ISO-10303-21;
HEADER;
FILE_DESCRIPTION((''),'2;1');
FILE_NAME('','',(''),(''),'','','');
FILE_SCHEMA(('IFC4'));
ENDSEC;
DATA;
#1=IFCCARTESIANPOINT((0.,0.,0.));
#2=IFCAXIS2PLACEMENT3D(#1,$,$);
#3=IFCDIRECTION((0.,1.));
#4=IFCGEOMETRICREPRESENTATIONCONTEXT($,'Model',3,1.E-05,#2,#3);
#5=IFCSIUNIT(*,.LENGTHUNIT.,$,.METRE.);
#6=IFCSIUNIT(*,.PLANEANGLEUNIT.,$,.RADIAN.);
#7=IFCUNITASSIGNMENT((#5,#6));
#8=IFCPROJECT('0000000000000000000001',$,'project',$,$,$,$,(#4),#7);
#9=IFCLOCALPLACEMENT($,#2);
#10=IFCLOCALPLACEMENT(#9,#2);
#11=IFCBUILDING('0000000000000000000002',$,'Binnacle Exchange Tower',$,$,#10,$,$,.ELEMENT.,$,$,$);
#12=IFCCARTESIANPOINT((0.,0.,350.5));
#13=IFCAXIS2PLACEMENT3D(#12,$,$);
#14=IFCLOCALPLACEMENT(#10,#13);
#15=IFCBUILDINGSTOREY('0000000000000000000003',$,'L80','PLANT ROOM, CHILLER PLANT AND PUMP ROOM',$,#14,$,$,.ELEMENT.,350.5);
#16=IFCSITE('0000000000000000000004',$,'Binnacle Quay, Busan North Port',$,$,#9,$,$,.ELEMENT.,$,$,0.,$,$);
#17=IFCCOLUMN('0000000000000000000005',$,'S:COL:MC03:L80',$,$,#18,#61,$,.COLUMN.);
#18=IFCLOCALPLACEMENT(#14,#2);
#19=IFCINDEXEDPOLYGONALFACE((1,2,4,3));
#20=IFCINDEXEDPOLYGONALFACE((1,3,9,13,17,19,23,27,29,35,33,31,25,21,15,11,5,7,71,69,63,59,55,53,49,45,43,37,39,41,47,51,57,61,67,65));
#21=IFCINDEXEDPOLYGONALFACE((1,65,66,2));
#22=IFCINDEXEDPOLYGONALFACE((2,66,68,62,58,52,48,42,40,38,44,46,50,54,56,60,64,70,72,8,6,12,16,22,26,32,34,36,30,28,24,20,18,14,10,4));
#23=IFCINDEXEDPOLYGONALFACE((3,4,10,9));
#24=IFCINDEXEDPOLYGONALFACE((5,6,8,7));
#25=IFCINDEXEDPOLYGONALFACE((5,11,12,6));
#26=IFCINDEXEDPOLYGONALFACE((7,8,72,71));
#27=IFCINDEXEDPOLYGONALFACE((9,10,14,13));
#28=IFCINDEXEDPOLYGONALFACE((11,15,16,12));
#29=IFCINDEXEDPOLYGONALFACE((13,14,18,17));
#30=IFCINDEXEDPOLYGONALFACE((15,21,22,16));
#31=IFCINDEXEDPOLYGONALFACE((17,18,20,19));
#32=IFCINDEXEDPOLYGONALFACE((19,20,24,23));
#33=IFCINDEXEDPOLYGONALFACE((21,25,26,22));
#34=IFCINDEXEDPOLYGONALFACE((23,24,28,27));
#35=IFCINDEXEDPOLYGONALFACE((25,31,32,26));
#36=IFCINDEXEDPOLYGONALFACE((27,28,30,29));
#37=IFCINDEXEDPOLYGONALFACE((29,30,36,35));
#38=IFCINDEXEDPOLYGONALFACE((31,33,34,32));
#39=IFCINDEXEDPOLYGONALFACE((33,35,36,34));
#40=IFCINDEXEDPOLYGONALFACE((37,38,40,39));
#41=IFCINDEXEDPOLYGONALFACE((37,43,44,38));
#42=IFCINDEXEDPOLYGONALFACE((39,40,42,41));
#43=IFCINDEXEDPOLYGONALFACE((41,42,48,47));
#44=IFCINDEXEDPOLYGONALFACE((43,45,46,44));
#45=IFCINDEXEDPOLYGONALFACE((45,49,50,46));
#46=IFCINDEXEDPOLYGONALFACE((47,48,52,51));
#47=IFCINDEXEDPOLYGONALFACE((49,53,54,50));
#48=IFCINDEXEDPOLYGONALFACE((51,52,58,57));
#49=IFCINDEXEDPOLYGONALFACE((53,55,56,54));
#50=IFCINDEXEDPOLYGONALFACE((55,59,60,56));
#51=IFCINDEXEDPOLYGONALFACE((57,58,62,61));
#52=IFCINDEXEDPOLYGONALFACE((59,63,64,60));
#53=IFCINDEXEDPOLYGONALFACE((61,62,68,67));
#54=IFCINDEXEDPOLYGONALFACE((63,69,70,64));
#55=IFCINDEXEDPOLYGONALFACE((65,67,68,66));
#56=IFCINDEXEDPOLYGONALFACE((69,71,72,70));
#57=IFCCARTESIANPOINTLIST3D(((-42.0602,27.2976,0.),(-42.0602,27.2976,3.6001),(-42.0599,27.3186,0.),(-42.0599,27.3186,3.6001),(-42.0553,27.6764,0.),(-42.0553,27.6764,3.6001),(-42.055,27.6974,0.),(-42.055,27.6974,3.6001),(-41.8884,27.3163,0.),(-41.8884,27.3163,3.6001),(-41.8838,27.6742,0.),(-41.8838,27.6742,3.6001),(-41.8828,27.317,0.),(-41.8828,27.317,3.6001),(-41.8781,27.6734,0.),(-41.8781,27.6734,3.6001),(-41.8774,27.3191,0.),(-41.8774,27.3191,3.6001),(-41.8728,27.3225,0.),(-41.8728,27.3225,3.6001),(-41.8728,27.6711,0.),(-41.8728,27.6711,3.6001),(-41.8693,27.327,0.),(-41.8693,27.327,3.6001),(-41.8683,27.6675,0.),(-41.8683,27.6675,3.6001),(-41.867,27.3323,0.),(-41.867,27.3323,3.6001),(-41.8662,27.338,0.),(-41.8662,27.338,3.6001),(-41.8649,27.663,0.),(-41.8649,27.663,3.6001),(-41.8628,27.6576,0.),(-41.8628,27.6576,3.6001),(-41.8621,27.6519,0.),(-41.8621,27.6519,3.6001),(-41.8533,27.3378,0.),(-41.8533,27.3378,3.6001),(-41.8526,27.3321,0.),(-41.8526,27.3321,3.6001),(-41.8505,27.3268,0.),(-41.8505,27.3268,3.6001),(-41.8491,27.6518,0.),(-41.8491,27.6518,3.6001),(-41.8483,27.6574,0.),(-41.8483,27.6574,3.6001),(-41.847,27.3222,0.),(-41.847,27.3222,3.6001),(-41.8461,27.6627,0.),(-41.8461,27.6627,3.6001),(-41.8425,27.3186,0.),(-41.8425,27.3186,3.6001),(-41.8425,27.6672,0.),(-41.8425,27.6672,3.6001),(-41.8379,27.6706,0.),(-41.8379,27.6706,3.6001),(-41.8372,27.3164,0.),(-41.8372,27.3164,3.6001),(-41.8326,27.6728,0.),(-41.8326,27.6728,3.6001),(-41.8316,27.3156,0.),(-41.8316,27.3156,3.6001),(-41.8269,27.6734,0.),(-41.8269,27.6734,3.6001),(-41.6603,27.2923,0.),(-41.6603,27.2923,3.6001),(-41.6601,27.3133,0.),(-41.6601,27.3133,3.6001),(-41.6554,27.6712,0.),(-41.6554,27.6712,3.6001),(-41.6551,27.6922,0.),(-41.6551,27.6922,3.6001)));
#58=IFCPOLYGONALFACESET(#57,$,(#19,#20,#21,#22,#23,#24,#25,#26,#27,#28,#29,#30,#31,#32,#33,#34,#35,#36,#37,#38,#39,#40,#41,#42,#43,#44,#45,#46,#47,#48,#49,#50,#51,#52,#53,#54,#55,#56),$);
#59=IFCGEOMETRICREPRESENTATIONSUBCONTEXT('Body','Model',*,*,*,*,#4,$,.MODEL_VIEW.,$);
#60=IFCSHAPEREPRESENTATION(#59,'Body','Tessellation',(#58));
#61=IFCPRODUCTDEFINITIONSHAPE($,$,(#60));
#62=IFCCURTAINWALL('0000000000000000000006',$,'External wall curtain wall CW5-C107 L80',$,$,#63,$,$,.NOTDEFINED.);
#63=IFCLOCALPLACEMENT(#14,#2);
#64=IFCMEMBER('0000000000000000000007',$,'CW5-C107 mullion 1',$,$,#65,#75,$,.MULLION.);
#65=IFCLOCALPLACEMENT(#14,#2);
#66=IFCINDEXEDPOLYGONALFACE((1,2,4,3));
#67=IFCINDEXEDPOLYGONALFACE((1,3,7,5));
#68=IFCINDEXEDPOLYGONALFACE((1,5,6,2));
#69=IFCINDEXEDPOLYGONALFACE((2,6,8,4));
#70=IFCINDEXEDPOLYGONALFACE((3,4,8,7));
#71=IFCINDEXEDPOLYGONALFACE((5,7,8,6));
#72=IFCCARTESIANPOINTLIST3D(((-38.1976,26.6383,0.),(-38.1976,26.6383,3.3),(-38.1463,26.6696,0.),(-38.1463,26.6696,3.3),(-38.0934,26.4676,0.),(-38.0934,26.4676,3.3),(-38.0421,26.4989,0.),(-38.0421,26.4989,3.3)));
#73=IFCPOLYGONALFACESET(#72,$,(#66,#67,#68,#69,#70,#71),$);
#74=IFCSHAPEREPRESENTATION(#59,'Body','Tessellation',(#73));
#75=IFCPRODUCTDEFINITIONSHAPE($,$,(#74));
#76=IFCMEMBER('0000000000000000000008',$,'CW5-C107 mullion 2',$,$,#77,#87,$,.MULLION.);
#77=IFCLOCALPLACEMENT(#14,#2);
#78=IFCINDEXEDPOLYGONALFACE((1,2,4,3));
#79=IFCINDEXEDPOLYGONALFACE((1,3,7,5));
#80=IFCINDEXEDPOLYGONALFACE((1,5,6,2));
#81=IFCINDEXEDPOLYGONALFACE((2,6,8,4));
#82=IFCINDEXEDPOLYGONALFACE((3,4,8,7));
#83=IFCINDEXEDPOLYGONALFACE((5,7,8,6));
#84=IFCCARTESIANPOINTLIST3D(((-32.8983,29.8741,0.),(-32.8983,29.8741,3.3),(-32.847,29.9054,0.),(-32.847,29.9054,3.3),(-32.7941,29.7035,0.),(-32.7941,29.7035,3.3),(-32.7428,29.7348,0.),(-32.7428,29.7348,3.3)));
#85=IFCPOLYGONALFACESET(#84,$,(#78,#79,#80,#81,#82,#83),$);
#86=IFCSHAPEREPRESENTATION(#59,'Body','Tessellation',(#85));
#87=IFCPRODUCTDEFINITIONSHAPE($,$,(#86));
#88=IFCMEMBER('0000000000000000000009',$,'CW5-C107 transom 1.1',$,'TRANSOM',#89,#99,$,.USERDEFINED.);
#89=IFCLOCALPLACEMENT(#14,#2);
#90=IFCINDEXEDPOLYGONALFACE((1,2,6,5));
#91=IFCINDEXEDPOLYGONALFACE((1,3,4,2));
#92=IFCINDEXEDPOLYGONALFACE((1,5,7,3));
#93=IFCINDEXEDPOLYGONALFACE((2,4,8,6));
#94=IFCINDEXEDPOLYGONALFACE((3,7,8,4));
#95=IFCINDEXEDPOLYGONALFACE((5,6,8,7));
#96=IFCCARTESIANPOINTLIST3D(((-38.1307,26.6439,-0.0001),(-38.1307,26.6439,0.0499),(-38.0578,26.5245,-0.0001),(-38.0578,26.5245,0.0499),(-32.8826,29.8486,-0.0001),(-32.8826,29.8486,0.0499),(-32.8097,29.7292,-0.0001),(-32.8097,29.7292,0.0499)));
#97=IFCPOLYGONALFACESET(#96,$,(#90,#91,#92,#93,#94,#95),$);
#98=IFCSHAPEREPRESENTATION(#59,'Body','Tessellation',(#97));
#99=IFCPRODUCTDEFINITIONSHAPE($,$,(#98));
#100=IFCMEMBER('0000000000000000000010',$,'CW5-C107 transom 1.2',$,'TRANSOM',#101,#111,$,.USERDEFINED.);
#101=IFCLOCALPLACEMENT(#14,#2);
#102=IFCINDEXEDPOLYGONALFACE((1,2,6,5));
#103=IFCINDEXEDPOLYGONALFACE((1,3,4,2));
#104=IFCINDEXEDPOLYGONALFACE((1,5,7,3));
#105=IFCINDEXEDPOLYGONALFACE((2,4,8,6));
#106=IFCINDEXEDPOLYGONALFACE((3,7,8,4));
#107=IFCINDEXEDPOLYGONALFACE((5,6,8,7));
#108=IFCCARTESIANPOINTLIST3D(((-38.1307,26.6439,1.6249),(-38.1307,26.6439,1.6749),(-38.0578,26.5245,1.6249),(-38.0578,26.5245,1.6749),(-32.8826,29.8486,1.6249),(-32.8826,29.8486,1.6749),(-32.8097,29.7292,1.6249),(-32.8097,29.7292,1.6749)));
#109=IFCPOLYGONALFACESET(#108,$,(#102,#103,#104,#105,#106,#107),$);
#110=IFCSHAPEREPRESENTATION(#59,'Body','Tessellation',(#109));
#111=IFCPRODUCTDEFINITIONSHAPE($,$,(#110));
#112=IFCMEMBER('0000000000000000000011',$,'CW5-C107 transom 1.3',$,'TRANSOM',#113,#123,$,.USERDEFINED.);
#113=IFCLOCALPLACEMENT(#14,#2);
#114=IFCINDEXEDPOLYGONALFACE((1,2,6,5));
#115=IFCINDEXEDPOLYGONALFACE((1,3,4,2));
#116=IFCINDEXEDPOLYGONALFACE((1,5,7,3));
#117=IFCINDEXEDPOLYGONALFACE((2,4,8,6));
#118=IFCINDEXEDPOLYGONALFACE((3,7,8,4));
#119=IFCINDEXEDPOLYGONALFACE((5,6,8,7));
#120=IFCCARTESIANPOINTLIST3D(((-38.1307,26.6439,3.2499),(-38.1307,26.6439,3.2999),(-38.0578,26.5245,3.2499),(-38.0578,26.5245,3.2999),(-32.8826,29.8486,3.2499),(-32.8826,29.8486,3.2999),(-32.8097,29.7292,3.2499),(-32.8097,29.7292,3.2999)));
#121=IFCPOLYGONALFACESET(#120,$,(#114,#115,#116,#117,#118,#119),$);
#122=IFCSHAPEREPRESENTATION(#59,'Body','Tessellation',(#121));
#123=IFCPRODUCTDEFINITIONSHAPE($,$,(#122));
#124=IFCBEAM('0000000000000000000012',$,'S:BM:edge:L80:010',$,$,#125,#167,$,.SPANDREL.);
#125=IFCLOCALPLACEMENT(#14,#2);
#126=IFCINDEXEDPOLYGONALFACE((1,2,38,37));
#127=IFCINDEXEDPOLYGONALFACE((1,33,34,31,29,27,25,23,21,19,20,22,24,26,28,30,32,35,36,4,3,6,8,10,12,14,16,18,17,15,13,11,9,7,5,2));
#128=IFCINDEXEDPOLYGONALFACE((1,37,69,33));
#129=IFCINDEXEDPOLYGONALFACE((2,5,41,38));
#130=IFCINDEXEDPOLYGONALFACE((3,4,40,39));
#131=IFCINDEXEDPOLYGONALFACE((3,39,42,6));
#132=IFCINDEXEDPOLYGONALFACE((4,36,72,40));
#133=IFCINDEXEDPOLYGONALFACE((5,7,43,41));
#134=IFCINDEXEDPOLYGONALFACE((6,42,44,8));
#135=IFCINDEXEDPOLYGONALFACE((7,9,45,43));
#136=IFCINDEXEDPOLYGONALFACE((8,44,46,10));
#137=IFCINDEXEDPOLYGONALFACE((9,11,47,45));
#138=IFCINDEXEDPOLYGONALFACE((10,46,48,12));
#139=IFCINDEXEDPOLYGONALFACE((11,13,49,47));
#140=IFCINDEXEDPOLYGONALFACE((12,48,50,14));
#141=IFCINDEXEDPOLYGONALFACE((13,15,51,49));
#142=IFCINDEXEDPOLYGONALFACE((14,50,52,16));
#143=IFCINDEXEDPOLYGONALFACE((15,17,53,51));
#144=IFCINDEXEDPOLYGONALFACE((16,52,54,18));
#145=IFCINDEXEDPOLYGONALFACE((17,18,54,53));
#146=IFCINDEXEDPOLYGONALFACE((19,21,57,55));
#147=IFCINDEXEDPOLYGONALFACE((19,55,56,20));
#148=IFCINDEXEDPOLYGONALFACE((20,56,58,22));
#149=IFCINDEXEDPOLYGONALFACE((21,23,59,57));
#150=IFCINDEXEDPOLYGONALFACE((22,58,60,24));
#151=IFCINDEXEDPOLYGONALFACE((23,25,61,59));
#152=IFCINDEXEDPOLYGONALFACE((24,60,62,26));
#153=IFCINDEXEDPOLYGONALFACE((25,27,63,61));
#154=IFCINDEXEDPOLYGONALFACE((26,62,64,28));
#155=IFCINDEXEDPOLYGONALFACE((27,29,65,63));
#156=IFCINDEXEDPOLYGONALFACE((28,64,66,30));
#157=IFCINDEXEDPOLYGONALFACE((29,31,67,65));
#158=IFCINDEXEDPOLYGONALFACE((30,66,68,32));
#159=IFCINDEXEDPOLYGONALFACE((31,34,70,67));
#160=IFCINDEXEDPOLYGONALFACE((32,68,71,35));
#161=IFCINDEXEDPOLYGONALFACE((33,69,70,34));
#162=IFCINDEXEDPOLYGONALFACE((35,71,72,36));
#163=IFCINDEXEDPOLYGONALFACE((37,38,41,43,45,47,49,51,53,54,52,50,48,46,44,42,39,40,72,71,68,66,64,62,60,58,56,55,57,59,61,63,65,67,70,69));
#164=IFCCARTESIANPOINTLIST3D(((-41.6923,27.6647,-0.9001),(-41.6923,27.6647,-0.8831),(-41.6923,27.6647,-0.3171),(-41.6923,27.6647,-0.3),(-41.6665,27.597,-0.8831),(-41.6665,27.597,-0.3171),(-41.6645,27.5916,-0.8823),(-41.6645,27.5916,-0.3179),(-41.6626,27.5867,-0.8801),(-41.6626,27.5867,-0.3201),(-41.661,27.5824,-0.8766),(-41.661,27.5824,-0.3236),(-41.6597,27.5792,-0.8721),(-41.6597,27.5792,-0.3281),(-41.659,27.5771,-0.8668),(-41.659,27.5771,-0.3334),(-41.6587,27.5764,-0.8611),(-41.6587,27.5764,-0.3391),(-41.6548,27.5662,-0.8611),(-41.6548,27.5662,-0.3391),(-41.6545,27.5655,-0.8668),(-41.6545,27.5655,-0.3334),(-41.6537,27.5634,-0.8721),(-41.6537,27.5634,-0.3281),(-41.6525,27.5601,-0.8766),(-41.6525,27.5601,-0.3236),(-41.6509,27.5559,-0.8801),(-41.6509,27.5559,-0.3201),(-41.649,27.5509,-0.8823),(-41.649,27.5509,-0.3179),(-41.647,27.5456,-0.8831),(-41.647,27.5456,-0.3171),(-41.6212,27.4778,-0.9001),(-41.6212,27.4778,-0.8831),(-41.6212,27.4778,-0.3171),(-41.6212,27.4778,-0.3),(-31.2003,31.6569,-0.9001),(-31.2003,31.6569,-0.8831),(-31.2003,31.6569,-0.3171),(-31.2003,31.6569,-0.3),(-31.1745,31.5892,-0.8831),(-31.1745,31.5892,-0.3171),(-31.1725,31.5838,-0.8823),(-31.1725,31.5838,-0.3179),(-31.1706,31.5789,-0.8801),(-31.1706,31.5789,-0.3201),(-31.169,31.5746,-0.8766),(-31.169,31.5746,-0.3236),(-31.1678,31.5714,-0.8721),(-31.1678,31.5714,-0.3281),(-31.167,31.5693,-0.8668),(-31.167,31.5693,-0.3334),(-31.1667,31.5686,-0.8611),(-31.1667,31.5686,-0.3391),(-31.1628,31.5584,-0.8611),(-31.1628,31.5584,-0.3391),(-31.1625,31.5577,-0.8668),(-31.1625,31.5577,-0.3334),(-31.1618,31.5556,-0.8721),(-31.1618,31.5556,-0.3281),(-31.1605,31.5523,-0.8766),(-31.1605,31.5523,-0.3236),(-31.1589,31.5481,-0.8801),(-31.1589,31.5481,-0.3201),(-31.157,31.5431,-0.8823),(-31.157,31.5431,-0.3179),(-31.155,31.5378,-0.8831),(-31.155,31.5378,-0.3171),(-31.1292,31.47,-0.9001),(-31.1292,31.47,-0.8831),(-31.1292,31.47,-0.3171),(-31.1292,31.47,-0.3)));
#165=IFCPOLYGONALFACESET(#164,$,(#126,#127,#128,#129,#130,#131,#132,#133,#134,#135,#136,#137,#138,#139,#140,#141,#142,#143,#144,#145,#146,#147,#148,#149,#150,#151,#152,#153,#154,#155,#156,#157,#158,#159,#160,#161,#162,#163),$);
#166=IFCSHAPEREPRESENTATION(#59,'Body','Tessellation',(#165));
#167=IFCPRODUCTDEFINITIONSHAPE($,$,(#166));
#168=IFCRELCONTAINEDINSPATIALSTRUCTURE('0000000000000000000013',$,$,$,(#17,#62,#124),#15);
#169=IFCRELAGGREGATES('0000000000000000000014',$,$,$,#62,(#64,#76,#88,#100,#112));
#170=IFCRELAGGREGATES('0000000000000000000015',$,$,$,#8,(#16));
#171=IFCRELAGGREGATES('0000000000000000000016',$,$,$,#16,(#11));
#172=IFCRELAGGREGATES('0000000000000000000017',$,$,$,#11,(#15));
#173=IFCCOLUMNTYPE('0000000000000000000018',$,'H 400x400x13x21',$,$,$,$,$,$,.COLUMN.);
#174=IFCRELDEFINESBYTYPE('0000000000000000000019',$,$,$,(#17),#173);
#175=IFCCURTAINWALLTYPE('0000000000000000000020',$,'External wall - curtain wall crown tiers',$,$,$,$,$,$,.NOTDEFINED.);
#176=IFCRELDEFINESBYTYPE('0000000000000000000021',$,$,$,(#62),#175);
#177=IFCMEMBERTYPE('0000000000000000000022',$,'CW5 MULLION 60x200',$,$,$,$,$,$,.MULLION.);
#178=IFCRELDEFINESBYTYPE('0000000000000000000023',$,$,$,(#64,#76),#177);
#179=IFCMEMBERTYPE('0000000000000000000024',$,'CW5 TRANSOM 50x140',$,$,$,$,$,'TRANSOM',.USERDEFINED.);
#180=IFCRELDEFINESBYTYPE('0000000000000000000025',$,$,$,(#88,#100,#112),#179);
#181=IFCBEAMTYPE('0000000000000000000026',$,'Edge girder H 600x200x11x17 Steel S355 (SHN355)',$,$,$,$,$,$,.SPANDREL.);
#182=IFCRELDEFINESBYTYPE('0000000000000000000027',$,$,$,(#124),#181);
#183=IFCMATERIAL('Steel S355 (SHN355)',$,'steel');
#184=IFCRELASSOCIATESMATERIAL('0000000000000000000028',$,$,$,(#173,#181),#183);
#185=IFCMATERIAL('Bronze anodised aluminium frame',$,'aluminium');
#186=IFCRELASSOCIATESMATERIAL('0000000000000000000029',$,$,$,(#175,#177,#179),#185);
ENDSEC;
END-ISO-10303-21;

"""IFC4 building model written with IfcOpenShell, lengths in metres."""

from ifc_helpers import new_model, si_unit, direction, frame, origin, origin_2d, place, context, subcontext, project, spatial, rectangle, i_section, extrude, material, material_profile, profile_set, type_object, element, aggregate, save


model = new_model("IFC4")

# Units and contexts
model_context = context("Model", 3, precision=1e-05, world=origin(), true_north=direction((0.0, 1.0)))
body_context = subcontext(model_context, "Body", "Model", "MODEL_VIEW")
ifc_project = project(units=[si_unit("LENGTHUNIT", "METRE"), si_unit("PLANEANGLEUNIT", "RADIAN")], contexts=[model_context])

# Site, building, storey
site_placement = place(None, origin())
site = spatial("IfcSite", under=ifc_project, at=site_placement, Name="Binnacle Quay, Busan North Port", CompositionType="ELEMENT", RefElevation=0.0)
building_placement = place(site_placement, origin())
building = spatial("IfcBuilding", under=site, at=building_placement, Name="Binnacle Exchange Tower", CompositionType="ELEMENT")
storey_placement = place(building_placement, frame((0.0, 0.0, 350.5)))
storey = spatial("IfcBuildingStorey", under=building, at=storey_placement, Name="L80", Description="PLANT ROOM, CHILLER PLANT AND PUMP ROOM", CompositionType="ELEMENT", Elevation=350.5)

# Column
ifc_material_1 = material(Name="Steel S355 (SHN355)", Category="steel")
ifc_material_profile_1 = material_profile(ifc_material_1, i_section(OverallWidth=0.3999, OverallDepth=0.3999, WebThickness=0.0129, FlangeThickness=0.021, FilletRadius=0.022, at=origin_2d()), Name="H 400x400x13x21")
ifc_profile_set_1 = profile_set([ifc_material_profile_1], Name="Steel S355 (SHN355)")
column_type = type_object("IfcColumnType", Name="H 400x400x13x21", PredefinedType="COLUMN", material=ifc_profile_set_1)
column_placement = place(storey_placement, frame((-41.8577, 27.4949, 0.0), z_axis=(0.0, 0.0, 1.0), x_axis=(0.999914, -0.01309, 0.0)))
element("IfcColumn", 1, at=column_placement, inside=storey, type_object=column_type, Name="S:COL:MC03:L80", PredefinedType="COLUMN", context=body_context, shape_type="SweptSolid", body=[
    extrude(i_section(OverallWidth=0.3999, OverallDepth=0.3999, WebThickness=0.0129, FlangeThickness=0.021, FilletRadius=0.022, at=origin_2d()), origin(), (0.0, 0.0, 1.0), 3.6001),
])

# Curtain wall, members
ifc_material_2 = material(Name="Bronze anodised aluminium frame", Category="aluminium")
curtain_wall_type = type_object("IfcCurtainWallType", Name="External wall - curtain wall crown tiers", PredefinedType="NOTDEFINED", material=ifc_material_2)
curtain_wall_placement = place(storey_placement, origin())
curtain_wall = element("IfcCurtainWall", 2, at=curtain_wall_placement, inside=storey, type_object=curtain_wall_type, Name="External wall curtain wall CW5-C107 L80", PredefinedType="NOTDEFINED")
ifc_material_profile_2 = material_profile(ifc_material_2, rectangle(XDim=0.2, YDim=0.0601, at=origin_2d()), Name="AL 60x200")
ifc_profile_set_2 = profile_set([ifc_material_profile_2], Name="Bronze anodised aluminium frame")
member_type_1 = type_object("IfcMemberType", Name="CW5 MULLION 60x200", PredefinedType="MULLION", material=ifc_profile_set_2)
member_1_placement = place(storey_placement, frame((-38.1199, 26.5686, 0.0), z_axis=(0.0, 0.0, 1.0), x_axis=(-0.521157, 0.853461, 0.0)))
member_1 = element("IfcMember", 3, at=member_1_placement, type_object=member_type_1, Name="CW5-C107 mullion 1", PredefinedType="MULLION", context=body_context, shape_type="SweptSolid", body=[
    extrude(rectangle(XDim=0.2, YDim=0.0601, at=origin_2d()), origin(), (0.0, 0.0, 1.0), 3.3),
])
member_2_placement = place(storey_placement, frame((-32.8206, 29.8044, 0.0), z_axis=(0.0, 0.0, 1.0), x_axis=(-0.521157, 0.853461, 0.0)))
member_2 = element("IfcMember", 4, at=member_2_placement, type_object=member_type_1, Name="CW5-C107 mullion 2", PredefinedType="MULLION", context=body_context, shape_type="SweptSolid", body=[
    extrude(rectangle(XDim=0.2, YDim=0.0601, at=origin_2d()), origin(), (0.0, 0.0, 1.0), 3.3),
])
ifc_material_profile_3 = material_profile(ifc_material_2, rectangle(XDim=0.1399, YDim=0.05, at=origin_2d()), Name="AL 140x50")
ifc_profile_set_3 = profile_set([ifc_material_profile_3], Name="Bronze anodised aluminium frame")
member_type_2 = type_object("IfcMemberType", Name="CW5 TRANSOM 50x140", ElementType="TRANSOM", PredefinedType="USERDEFINED", material=ifc_profile_set_3)
member_3_placement = place(storey_placement, frame((-38.0942, 26.5842, 0.0249), z_axis=(0.853466, 0.521148, 0.0), x_axis=(-0.521148, 0.853466, 0.0)))
member_3 = element("IfcMember", 5, at=member_3_placement, type_object=member_type_2, Name="CW5-C107 transom 1.1", ObjectType="TRANSOM", PredefinedType="USERDEFINED", context=body_context, shape_type="SweptSolid", body=[
    extrude(rectangle(XDim=0.1399, YDim=0.05, at=origin_2d()), origin(), (0.0, 0.0, 1.0), 6.1492),
])
member_4_placement = place(storey_placement, frame((-38.0942, 26.5842, 1.6499), z_axis=(0.853466, 0.521148, 0.0), x_axis=(-0.521148, 0.853466, 0.0)))
member_4 = element("IfcMember", 6, at=member_4_placement, type_object=member_type_2, Name="CW5-C107 transom 1.2", ObjectType="TRANSOM", PredefinedType="USERDEFINED", context=body_context, shape_type="SweptSolid", body=[
    extrude(rectangle(XDim=0.1399, YDim=0.05, at=origin_2d()), origin(), (0.0, 0.0, 1.0), 6.1492),
])
member_5_placement = place(storey_placement, frame((-38.0942, 26.5842, 3.2749), z_axis=(0.853466, 0.521148, 0.0), x_axis=(-0.521148, 0.853466, 0.0)))
member_5 = element("IfcMember", 7, at=member_5_placement, type_object=member_type_2, Name="CW5-C107 transom 1.3", ObjectType="TRANSOM", PredefinedType="USERDEFINED", context=body_context, shape_type="SweptSolid", body=[
    extrude(rectangle(XDim=0.1399, YDim=0.05, at=origin_2d()), origin(), (0.0, 0.0, 1.0), 6.1492),
])

# Beam
ifc_material_profile_4 = material_profile(ifc_material_1, i_section(OverallWidth=0.2, OverallDepth=0.6001, WebThickness=0.011, FlangeThickness=0.0171, FilletRadius=0.022, at=origin_2d()), Name="H 600x200x11x17")
ifc_profile_set_4 = profile_set([ifc_material_profile_4], Name="Steel S355 (SHN355)")
beam_type_1 = type_object("IfcBeamType", Name="Edge girder H 600x200x11x17 Steel S355 (SHN355)", PredefinedType="SPANDREL", material=ifc_profile_set_4)
beam_1_placement = place(storey_placement, frame((-41.6567, 27.5713, -0.6001), z_axis=(0.934628, 0.355626, 0.0), x_axis=(-0.355626, 0.934628, 0.0)))
element("IfcBeam", 8, at=beam_1_placement, inside=storey, type_object=beam_type_1, Name="S:BM:edge:L80:010", PredefinedType="SPANDREL", context=body_context, shape_type="SweptSolid", body=[
    extrude(i_section(OverallWidth=0.2, OverallDepth=0.6001, WebThickness=0.011, FlangeThickness=0.0171, FilletRadius=0.022, at=origin_2d()), origin(), (0.0, 0.0, 1.0), 11.2258),
])

aggregate(curtain_wall, [member_1, member_2, member_3, member_4, member_5])

save(model, "model.ifc")
